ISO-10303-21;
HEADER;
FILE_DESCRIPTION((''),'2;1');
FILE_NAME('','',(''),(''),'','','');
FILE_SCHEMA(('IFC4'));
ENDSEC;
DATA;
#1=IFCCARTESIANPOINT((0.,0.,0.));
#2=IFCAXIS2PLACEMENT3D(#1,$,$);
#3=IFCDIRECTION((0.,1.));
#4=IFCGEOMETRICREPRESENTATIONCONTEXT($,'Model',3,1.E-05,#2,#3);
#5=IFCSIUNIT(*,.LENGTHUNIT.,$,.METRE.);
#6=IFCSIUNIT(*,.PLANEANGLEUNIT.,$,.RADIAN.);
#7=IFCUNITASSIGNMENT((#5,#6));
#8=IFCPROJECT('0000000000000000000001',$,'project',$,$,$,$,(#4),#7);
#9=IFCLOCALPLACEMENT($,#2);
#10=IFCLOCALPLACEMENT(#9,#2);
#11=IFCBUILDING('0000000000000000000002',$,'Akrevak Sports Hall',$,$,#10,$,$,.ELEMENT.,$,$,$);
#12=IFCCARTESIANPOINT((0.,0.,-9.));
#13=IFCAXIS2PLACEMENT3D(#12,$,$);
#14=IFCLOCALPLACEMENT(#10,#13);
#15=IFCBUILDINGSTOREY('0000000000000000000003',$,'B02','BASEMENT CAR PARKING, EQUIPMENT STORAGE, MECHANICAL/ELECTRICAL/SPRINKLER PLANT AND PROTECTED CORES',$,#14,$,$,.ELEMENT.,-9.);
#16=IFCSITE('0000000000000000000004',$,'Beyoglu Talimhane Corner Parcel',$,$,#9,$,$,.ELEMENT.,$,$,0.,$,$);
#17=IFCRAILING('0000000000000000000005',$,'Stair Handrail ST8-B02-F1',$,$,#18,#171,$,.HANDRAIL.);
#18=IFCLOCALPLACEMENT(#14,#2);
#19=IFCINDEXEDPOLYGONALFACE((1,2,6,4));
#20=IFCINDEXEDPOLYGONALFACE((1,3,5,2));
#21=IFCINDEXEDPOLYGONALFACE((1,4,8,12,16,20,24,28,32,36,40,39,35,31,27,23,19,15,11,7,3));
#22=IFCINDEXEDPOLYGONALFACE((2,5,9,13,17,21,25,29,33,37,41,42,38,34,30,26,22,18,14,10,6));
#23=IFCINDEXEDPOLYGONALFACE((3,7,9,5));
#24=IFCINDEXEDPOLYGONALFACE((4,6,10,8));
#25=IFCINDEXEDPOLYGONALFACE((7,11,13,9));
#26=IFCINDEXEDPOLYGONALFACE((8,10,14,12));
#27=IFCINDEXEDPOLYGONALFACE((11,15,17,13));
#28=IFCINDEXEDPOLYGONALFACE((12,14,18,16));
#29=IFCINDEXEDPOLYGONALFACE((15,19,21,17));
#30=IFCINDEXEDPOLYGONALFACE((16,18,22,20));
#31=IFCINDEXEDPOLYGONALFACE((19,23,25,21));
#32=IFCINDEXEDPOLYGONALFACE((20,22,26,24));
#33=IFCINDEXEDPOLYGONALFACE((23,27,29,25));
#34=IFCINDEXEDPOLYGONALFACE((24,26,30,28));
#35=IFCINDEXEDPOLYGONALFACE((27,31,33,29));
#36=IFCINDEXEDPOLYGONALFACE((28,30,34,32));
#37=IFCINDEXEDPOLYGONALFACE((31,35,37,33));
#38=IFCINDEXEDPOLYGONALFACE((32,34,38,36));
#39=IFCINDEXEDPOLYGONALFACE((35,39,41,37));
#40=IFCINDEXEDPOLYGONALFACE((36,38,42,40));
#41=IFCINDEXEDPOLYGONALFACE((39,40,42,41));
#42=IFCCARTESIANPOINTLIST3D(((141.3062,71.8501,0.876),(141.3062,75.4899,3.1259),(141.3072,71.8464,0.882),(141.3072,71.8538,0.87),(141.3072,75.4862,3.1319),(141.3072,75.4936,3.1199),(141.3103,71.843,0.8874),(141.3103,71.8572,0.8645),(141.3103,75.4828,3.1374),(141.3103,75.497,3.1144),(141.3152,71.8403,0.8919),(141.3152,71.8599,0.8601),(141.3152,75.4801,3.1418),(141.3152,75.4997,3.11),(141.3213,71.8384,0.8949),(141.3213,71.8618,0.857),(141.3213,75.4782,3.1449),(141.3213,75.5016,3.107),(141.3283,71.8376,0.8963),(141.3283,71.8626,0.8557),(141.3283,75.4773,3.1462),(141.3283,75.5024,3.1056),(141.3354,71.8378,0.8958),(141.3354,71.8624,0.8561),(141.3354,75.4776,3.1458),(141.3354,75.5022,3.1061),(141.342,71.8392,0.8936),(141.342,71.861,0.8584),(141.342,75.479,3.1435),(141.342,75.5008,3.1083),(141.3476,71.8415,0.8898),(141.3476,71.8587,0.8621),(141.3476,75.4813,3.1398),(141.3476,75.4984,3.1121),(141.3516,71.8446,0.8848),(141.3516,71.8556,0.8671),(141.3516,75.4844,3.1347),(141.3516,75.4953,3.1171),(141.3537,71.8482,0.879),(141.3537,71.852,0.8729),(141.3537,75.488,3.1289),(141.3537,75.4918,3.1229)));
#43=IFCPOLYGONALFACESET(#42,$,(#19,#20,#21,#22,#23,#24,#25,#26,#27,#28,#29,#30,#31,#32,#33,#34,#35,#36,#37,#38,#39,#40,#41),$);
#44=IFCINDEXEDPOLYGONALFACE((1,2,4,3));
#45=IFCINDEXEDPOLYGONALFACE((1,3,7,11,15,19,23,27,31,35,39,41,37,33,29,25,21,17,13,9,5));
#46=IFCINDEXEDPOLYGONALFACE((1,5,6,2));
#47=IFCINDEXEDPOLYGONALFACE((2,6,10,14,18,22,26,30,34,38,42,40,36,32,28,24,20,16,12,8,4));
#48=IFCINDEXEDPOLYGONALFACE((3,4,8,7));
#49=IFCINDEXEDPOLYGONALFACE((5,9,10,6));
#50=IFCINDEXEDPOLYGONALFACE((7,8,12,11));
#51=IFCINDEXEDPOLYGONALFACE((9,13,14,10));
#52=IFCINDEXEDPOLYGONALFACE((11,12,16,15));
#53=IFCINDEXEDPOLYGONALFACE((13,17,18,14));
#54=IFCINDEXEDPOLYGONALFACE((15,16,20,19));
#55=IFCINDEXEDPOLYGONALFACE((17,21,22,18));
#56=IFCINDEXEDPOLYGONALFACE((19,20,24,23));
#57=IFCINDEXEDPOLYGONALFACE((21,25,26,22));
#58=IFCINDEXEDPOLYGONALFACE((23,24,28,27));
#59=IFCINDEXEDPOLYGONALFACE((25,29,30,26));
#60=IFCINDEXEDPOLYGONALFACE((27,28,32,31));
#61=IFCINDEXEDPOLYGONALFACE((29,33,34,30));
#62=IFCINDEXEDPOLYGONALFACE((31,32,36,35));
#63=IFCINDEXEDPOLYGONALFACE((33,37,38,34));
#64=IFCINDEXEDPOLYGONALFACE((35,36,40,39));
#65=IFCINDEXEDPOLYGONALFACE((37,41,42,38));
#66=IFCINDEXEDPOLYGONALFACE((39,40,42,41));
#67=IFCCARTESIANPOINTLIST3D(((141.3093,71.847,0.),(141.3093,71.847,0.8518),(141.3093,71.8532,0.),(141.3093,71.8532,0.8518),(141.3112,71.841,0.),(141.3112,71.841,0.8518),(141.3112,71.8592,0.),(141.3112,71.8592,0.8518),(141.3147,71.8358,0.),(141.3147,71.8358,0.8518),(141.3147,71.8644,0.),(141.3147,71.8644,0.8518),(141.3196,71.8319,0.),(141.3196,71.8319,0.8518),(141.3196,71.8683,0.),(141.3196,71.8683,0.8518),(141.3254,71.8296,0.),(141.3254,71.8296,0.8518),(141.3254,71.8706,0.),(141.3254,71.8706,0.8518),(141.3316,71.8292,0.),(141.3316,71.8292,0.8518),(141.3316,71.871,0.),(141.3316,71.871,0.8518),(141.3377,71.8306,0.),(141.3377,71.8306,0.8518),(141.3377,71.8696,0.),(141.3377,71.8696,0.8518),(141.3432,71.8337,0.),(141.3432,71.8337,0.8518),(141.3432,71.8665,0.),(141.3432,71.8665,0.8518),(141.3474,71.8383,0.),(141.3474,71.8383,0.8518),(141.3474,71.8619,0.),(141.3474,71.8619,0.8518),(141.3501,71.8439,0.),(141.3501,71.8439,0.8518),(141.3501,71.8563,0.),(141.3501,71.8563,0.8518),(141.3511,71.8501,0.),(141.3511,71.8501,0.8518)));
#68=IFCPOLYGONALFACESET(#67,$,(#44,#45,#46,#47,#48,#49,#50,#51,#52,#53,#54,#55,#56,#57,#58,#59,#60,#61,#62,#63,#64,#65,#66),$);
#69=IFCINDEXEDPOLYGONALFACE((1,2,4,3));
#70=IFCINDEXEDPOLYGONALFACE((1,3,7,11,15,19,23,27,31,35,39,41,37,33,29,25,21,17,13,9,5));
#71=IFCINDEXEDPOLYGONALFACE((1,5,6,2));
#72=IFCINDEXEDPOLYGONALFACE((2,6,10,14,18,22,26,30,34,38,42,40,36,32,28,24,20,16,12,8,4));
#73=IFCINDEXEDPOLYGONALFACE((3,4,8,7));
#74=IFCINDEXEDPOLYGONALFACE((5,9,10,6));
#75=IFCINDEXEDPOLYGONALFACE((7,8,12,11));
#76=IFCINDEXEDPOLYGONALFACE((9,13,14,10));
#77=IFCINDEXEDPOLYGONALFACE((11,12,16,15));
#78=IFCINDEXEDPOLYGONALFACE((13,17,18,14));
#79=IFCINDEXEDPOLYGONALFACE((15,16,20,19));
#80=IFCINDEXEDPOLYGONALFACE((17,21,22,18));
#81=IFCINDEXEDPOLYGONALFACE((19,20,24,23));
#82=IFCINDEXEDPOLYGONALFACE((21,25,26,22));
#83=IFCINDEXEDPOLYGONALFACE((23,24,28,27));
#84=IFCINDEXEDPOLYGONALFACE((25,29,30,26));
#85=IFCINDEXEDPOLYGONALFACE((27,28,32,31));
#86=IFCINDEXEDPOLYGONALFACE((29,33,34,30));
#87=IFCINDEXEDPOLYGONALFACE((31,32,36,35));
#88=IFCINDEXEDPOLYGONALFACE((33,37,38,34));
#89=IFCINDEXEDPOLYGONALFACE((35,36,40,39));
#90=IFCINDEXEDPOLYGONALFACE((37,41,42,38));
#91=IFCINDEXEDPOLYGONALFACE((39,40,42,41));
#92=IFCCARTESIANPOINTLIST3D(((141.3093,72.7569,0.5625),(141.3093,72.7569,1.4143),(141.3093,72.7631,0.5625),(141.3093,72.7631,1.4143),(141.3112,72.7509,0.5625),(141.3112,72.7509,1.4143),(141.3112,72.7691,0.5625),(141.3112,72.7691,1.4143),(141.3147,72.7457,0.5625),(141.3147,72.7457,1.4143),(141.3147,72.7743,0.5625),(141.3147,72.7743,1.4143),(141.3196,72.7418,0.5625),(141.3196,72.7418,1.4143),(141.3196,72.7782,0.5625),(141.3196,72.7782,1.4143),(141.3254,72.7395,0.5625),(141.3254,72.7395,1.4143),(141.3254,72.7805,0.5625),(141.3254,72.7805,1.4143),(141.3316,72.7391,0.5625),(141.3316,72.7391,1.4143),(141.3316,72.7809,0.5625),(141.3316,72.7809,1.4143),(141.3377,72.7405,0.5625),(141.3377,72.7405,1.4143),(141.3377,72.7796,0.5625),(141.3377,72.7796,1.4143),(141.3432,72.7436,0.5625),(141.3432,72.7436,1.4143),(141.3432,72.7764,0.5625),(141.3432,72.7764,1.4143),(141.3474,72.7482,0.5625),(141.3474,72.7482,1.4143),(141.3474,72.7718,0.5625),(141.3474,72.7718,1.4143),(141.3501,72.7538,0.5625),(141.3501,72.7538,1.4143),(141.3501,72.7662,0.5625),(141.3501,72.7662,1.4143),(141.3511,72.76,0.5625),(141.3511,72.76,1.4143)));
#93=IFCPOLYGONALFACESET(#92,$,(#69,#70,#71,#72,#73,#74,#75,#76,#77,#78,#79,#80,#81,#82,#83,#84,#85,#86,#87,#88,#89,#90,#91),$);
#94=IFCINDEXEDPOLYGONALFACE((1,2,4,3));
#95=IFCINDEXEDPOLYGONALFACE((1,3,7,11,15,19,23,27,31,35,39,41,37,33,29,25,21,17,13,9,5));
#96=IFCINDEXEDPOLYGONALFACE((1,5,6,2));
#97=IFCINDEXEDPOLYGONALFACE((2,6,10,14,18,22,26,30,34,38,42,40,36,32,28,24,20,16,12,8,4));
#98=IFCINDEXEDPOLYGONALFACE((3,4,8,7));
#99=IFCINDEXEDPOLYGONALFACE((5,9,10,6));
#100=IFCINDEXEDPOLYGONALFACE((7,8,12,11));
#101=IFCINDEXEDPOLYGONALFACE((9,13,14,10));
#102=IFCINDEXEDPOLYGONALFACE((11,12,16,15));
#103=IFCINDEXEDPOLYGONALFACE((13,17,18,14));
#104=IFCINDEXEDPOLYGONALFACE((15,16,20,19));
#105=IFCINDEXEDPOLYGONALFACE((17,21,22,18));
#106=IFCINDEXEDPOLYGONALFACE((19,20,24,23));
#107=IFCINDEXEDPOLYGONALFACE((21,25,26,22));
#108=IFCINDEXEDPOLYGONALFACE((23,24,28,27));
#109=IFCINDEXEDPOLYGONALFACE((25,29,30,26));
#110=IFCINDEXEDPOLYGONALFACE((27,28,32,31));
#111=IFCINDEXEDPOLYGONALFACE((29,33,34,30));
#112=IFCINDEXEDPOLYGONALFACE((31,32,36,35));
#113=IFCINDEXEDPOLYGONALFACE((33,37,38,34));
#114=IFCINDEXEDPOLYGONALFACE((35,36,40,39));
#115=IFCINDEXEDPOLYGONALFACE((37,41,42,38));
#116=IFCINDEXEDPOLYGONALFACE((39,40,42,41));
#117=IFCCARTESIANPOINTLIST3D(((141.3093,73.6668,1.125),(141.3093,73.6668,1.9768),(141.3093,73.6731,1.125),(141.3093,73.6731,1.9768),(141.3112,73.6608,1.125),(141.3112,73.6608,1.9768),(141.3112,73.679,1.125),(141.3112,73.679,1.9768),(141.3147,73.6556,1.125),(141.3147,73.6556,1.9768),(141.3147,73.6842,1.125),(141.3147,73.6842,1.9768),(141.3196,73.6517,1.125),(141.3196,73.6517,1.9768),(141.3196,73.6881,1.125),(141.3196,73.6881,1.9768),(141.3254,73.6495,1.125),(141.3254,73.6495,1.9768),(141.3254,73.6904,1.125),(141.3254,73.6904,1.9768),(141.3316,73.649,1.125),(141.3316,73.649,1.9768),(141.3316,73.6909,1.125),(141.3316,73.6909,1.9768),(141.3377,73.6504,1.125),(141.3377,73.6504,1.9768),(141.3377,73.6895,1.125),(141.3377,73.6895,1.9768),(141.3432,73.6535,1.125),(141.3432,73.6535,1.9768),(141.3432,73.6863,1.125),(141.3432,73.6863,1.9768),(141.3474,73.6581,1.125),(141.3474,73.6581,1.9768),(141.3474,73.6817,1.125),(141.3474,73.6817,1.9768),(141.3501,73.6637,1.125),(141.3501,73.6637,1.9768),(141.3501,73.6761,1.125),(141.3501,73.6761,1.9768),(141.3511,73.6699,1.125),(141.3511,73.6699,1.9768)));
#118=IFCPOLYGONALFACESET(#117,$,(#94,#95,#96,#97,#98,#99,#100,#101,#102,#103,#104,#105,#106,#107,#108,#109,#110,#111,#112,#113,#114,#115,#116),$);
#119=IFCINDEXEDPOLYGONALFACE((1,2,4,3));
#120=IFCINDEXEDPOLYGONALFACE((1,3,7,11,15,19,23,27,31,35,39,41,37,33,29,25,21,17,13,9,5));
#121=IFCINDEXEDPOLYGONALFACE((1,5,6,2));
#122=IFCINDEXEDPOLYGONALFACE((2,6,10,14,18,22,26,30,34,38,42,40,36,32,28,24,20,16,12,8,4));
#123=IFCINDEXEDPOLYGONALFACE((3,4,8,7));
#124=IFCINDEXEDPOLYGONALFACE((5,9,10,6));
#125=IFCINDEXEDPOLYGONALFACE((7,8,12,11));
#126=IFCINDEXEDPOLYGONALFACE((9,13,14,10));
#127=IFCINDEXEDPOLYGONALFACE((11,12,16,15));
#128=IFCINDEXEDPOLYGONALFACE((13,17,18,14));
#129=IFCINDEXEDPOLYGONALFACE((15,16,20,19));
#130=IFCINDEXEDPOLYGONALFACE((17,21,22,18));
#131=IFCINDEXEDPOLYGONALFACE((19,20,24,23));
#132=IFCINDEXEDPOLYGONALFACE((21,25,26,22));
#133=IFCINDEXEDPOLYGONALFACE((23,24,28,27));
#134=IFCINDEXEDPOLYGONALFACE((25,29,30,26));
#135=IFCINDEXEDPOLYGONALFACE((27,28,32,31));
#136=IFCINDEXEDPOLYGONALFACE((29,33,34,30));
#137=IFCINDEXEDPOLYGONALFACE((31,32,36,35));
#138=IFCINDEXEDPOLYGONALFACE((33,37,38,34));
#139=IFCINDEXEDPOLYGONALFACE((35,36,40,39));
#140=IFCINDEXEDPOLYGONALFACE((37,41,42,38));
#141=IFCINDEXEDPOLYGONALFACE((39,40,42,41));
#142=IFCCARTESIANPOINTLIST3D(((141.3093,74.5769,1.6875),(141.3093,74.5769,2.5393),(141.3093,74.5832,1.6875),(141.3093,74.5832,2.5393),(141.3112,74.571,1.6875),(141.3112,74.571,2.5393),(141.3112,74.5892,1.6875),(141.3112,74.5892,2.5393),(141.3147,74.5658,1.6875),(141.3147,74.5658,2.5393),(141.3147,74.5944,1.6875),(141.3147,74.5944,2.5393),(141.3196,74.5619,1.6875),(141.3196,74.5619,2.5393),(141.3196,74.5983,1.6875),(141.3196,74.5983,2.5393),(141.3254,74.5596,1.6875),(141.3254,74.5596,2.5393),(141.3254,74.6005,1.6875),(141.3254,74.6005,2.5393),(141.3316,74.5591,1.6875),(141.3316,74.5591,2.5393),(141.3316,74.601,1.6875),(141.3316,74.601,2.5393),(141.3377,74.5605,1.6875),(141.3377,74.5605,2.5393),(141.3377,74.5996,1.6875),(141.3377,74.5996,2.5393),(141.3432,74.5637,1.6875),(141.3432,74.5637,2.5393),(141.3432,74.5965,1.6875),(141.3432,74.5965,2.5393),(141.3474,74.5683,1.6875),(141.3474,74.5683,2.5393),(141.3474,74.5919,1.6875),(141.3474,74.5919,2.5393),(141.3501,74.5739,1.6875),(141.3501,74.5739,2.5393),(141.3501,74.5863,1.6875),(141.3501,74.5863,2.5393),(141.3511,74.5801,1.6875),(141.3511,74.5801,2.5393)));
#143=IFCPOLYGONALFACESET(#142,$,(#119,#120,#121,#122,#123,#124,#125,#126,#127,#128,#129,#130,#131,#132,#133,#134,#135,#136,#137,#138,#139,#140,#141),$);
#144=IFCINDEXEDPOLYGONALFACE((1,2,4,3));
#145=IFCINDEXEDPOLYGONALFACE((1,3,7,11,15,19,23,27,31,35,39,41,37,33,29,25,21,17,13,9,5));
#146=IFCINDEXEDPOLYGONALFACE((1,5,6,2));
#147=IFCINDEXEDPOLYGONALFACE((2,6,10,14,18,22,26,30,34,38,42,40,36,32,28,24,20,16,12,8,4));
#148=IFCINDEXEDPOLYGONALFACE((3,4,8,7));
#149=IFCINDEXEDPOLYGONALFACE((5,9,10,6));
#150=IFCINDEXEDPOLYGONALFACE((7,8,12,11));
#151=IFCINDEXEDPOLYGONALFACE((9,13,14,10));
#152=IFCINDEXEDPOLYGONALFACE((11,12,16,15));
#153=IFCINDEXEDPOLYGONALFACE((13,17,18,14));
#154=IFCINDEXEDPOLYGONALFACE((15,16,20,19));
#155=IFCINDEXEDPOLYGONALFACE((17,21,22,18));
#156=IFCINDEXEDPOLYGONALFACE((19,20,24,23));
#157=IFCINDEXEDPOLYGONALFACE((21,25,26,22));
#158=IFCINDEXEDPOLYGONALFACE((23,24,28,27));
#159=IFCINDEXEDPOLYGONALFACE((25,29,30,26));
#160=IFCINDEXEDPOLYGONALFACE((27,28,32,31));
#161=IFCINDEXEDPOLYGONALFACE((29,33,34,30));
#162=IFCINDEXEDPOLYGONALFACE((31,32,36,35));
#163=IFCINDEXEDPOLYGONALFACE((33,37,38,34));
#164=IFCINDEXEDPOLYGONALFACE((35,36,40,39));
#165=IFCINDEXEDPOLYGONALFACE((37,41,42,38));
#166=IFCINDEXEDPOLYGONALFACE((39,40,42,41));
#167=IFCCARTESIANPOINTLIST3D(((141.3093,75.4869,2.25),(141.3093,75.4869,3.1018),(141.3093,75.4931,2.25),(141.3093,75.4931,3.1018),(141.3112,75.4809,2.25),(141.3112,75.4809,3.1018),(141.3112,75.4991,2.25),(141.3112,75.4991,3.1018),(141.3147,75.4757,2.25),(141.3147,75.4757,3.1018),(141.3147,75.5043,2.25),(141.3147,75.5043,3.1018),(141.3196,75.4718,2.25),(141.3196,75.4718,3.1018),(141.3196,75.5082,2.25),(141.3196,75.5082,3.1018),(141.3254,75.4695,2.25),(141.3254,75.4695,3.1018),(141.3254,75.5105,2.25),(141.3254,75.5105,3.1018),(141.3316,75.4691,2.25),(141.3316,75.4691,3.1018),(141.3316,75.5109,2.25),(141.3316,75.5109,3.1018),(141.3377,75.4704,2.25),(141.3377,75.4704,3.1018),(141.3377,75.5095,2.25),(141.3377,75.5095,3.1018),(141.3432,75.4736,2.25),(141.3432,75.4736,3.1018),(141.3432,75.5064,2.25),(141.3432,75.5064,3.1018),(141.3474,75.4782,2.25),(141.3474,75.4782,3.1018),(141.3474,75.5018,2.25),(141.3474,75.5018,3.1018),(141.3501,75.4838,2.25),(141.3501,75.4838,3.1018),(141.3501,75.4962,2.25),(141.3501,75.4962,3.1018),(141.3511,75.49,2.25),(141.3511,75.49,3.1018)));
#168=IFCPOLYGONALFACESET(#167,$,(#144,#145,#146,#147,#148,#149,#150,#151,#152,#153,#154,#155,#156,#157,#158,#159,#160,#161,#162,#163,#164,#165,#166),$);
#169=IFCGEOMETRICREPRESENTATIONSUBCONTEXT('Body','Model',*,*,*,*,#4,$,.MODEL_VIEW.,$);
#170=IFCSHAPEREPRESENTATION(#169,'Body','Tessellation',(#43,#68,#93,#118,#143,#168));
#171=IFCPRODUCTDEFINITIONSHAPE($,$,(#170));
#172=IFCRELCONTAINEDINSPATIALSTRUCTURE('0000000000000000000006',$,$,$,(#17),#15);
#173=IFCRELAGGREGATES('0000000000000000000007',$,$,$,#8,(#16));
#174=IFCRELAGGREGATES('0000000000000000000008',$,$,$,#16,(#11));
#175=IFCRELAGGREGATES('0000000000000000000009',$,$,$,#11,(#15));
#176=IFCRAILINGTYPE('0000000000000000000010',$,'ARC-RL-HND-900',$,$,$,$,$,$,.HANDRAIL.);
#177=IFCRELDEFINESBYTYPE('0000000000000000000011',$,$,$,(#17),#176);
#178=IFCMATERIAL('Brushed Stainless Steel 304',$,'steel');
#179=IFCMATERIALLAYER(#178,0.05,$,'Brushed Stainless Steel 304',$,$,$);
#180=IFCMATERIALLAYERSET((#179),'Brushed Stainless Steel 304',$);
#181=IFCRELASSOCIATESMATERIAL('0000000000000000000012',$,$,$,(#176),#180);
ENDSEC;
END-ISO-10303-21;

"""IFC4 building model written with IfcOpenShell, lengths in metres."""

from ifc_helpers import new_model, si_unit, direction, frame, origin, origin_2d, place, context, subcontext, project, spatial, circle, extrude, material, layer, layer_set, type_object, element, save


model = new_model("IFC4")

# Units and contexts
model_context = context("Model", 3, precision=1e-05, world=origin(), true_north=direction((0.0, 1.0)))
body_context = subcontext(model_context, "Body", "Model", "MODEL_VIEW")
ifc_project = project(units=[si_unit("LENGTHUNIT", "METRE"), si_unit("PLANEANGLEUNIT", "RADIAN")], contexts=[model_context])

# Site, building, storey
site_placement = place(None, origin())
site = spatial("IfcSite", under=ifc_project, at=site_placement, Name="Beyoglu Talimhane Corner Parcel", CompositionType="ELEMENT", RefElevation=0.0)
building_placement = place(site_placement, origin())
building = spatial("IfcBuilding", under=site, at=building_placement, Name="Akrevak Sports Hall", CompositionType="ELEMENT")
storey_placement = place(building_placement, frame((0.0, 0.0, -9.0)))
storey = spatial("IfcBuildingStorey", under=building, at=storey_placement, Name="B02", Description="BASEMENT CAR PARKING, EQUIPMENT STORAGE, MECHANICAL/ELECTRICAL/SPRINKLER PLANT AND PROTECTED CORES", CompositionType="ELEMENT", Elevation=-9.0)

# Railing
ifc_material_1 = material(Name="Brushed Stainless Steel 304", Category="steel")
ifc_layer_1 = layer(ifc_material_1, 0.05, Name="Brushed Stainless Steel 304")
ifc_layer_set_1 = layer_set([ifc_layer_1], Name="Brushed Stainless Steel 304")
railing_type_1 = type_object("IfcRailingType", Name="ARC-RL-HND-900", PredefinedType="HANDRAIL", material=ifc_layer_set_1)
railing_1_placement = place(storey_placement, frame((141.3301, 71.8501, 0.0)))
element("IfcRailing", 1, at=railing_1_placement, inside=storey, type_object=railing_type_1, Name="Stair Handrail ST8-B02-F1", PredefinedType="HANDRAIL", context=body_context, shape_type="SweptSolid", body=[
    extrude(circle(Radius=0.0239, at=origin_2d()), frame((0.0, 0.0, 0.876), z_axis=(0.0, 0.850607, 0.525803), x_axis=(-1.0, 0.0, 0.0)), (0.0, 0.0, 1.0), 4.2791),
    extrude(circle(Radius=0.021, at=origin_2d()), origin(), (0.0, 0.0, 1.0), 0.8518),
    extrude(circle(Radius=0.021, at=origin_2d()), frame((0.0, 0.9099, 0.5625)), (0.0, 0.0, 1.0), 0.8518),
    extrude(circle(Radius=0.021, at=origin_2d()), frame((0.0, 1.8198, 1.125)), (0.0, 0.0, 1.0), 0.8518),
    extrude(circle(Radius=0.021, at=origin_2d()), frame((0.0, 2.73, 1.6875)), (0.0, 0.0, 1.0), 0.8518),
    extrude(circle(Radius=0.021, at=origin_2d()), frame((0.0, 3.6399, 2.25)), (0.0, 0.0, 1.0), 0.8518),
])

save(model, "model.ifc")
